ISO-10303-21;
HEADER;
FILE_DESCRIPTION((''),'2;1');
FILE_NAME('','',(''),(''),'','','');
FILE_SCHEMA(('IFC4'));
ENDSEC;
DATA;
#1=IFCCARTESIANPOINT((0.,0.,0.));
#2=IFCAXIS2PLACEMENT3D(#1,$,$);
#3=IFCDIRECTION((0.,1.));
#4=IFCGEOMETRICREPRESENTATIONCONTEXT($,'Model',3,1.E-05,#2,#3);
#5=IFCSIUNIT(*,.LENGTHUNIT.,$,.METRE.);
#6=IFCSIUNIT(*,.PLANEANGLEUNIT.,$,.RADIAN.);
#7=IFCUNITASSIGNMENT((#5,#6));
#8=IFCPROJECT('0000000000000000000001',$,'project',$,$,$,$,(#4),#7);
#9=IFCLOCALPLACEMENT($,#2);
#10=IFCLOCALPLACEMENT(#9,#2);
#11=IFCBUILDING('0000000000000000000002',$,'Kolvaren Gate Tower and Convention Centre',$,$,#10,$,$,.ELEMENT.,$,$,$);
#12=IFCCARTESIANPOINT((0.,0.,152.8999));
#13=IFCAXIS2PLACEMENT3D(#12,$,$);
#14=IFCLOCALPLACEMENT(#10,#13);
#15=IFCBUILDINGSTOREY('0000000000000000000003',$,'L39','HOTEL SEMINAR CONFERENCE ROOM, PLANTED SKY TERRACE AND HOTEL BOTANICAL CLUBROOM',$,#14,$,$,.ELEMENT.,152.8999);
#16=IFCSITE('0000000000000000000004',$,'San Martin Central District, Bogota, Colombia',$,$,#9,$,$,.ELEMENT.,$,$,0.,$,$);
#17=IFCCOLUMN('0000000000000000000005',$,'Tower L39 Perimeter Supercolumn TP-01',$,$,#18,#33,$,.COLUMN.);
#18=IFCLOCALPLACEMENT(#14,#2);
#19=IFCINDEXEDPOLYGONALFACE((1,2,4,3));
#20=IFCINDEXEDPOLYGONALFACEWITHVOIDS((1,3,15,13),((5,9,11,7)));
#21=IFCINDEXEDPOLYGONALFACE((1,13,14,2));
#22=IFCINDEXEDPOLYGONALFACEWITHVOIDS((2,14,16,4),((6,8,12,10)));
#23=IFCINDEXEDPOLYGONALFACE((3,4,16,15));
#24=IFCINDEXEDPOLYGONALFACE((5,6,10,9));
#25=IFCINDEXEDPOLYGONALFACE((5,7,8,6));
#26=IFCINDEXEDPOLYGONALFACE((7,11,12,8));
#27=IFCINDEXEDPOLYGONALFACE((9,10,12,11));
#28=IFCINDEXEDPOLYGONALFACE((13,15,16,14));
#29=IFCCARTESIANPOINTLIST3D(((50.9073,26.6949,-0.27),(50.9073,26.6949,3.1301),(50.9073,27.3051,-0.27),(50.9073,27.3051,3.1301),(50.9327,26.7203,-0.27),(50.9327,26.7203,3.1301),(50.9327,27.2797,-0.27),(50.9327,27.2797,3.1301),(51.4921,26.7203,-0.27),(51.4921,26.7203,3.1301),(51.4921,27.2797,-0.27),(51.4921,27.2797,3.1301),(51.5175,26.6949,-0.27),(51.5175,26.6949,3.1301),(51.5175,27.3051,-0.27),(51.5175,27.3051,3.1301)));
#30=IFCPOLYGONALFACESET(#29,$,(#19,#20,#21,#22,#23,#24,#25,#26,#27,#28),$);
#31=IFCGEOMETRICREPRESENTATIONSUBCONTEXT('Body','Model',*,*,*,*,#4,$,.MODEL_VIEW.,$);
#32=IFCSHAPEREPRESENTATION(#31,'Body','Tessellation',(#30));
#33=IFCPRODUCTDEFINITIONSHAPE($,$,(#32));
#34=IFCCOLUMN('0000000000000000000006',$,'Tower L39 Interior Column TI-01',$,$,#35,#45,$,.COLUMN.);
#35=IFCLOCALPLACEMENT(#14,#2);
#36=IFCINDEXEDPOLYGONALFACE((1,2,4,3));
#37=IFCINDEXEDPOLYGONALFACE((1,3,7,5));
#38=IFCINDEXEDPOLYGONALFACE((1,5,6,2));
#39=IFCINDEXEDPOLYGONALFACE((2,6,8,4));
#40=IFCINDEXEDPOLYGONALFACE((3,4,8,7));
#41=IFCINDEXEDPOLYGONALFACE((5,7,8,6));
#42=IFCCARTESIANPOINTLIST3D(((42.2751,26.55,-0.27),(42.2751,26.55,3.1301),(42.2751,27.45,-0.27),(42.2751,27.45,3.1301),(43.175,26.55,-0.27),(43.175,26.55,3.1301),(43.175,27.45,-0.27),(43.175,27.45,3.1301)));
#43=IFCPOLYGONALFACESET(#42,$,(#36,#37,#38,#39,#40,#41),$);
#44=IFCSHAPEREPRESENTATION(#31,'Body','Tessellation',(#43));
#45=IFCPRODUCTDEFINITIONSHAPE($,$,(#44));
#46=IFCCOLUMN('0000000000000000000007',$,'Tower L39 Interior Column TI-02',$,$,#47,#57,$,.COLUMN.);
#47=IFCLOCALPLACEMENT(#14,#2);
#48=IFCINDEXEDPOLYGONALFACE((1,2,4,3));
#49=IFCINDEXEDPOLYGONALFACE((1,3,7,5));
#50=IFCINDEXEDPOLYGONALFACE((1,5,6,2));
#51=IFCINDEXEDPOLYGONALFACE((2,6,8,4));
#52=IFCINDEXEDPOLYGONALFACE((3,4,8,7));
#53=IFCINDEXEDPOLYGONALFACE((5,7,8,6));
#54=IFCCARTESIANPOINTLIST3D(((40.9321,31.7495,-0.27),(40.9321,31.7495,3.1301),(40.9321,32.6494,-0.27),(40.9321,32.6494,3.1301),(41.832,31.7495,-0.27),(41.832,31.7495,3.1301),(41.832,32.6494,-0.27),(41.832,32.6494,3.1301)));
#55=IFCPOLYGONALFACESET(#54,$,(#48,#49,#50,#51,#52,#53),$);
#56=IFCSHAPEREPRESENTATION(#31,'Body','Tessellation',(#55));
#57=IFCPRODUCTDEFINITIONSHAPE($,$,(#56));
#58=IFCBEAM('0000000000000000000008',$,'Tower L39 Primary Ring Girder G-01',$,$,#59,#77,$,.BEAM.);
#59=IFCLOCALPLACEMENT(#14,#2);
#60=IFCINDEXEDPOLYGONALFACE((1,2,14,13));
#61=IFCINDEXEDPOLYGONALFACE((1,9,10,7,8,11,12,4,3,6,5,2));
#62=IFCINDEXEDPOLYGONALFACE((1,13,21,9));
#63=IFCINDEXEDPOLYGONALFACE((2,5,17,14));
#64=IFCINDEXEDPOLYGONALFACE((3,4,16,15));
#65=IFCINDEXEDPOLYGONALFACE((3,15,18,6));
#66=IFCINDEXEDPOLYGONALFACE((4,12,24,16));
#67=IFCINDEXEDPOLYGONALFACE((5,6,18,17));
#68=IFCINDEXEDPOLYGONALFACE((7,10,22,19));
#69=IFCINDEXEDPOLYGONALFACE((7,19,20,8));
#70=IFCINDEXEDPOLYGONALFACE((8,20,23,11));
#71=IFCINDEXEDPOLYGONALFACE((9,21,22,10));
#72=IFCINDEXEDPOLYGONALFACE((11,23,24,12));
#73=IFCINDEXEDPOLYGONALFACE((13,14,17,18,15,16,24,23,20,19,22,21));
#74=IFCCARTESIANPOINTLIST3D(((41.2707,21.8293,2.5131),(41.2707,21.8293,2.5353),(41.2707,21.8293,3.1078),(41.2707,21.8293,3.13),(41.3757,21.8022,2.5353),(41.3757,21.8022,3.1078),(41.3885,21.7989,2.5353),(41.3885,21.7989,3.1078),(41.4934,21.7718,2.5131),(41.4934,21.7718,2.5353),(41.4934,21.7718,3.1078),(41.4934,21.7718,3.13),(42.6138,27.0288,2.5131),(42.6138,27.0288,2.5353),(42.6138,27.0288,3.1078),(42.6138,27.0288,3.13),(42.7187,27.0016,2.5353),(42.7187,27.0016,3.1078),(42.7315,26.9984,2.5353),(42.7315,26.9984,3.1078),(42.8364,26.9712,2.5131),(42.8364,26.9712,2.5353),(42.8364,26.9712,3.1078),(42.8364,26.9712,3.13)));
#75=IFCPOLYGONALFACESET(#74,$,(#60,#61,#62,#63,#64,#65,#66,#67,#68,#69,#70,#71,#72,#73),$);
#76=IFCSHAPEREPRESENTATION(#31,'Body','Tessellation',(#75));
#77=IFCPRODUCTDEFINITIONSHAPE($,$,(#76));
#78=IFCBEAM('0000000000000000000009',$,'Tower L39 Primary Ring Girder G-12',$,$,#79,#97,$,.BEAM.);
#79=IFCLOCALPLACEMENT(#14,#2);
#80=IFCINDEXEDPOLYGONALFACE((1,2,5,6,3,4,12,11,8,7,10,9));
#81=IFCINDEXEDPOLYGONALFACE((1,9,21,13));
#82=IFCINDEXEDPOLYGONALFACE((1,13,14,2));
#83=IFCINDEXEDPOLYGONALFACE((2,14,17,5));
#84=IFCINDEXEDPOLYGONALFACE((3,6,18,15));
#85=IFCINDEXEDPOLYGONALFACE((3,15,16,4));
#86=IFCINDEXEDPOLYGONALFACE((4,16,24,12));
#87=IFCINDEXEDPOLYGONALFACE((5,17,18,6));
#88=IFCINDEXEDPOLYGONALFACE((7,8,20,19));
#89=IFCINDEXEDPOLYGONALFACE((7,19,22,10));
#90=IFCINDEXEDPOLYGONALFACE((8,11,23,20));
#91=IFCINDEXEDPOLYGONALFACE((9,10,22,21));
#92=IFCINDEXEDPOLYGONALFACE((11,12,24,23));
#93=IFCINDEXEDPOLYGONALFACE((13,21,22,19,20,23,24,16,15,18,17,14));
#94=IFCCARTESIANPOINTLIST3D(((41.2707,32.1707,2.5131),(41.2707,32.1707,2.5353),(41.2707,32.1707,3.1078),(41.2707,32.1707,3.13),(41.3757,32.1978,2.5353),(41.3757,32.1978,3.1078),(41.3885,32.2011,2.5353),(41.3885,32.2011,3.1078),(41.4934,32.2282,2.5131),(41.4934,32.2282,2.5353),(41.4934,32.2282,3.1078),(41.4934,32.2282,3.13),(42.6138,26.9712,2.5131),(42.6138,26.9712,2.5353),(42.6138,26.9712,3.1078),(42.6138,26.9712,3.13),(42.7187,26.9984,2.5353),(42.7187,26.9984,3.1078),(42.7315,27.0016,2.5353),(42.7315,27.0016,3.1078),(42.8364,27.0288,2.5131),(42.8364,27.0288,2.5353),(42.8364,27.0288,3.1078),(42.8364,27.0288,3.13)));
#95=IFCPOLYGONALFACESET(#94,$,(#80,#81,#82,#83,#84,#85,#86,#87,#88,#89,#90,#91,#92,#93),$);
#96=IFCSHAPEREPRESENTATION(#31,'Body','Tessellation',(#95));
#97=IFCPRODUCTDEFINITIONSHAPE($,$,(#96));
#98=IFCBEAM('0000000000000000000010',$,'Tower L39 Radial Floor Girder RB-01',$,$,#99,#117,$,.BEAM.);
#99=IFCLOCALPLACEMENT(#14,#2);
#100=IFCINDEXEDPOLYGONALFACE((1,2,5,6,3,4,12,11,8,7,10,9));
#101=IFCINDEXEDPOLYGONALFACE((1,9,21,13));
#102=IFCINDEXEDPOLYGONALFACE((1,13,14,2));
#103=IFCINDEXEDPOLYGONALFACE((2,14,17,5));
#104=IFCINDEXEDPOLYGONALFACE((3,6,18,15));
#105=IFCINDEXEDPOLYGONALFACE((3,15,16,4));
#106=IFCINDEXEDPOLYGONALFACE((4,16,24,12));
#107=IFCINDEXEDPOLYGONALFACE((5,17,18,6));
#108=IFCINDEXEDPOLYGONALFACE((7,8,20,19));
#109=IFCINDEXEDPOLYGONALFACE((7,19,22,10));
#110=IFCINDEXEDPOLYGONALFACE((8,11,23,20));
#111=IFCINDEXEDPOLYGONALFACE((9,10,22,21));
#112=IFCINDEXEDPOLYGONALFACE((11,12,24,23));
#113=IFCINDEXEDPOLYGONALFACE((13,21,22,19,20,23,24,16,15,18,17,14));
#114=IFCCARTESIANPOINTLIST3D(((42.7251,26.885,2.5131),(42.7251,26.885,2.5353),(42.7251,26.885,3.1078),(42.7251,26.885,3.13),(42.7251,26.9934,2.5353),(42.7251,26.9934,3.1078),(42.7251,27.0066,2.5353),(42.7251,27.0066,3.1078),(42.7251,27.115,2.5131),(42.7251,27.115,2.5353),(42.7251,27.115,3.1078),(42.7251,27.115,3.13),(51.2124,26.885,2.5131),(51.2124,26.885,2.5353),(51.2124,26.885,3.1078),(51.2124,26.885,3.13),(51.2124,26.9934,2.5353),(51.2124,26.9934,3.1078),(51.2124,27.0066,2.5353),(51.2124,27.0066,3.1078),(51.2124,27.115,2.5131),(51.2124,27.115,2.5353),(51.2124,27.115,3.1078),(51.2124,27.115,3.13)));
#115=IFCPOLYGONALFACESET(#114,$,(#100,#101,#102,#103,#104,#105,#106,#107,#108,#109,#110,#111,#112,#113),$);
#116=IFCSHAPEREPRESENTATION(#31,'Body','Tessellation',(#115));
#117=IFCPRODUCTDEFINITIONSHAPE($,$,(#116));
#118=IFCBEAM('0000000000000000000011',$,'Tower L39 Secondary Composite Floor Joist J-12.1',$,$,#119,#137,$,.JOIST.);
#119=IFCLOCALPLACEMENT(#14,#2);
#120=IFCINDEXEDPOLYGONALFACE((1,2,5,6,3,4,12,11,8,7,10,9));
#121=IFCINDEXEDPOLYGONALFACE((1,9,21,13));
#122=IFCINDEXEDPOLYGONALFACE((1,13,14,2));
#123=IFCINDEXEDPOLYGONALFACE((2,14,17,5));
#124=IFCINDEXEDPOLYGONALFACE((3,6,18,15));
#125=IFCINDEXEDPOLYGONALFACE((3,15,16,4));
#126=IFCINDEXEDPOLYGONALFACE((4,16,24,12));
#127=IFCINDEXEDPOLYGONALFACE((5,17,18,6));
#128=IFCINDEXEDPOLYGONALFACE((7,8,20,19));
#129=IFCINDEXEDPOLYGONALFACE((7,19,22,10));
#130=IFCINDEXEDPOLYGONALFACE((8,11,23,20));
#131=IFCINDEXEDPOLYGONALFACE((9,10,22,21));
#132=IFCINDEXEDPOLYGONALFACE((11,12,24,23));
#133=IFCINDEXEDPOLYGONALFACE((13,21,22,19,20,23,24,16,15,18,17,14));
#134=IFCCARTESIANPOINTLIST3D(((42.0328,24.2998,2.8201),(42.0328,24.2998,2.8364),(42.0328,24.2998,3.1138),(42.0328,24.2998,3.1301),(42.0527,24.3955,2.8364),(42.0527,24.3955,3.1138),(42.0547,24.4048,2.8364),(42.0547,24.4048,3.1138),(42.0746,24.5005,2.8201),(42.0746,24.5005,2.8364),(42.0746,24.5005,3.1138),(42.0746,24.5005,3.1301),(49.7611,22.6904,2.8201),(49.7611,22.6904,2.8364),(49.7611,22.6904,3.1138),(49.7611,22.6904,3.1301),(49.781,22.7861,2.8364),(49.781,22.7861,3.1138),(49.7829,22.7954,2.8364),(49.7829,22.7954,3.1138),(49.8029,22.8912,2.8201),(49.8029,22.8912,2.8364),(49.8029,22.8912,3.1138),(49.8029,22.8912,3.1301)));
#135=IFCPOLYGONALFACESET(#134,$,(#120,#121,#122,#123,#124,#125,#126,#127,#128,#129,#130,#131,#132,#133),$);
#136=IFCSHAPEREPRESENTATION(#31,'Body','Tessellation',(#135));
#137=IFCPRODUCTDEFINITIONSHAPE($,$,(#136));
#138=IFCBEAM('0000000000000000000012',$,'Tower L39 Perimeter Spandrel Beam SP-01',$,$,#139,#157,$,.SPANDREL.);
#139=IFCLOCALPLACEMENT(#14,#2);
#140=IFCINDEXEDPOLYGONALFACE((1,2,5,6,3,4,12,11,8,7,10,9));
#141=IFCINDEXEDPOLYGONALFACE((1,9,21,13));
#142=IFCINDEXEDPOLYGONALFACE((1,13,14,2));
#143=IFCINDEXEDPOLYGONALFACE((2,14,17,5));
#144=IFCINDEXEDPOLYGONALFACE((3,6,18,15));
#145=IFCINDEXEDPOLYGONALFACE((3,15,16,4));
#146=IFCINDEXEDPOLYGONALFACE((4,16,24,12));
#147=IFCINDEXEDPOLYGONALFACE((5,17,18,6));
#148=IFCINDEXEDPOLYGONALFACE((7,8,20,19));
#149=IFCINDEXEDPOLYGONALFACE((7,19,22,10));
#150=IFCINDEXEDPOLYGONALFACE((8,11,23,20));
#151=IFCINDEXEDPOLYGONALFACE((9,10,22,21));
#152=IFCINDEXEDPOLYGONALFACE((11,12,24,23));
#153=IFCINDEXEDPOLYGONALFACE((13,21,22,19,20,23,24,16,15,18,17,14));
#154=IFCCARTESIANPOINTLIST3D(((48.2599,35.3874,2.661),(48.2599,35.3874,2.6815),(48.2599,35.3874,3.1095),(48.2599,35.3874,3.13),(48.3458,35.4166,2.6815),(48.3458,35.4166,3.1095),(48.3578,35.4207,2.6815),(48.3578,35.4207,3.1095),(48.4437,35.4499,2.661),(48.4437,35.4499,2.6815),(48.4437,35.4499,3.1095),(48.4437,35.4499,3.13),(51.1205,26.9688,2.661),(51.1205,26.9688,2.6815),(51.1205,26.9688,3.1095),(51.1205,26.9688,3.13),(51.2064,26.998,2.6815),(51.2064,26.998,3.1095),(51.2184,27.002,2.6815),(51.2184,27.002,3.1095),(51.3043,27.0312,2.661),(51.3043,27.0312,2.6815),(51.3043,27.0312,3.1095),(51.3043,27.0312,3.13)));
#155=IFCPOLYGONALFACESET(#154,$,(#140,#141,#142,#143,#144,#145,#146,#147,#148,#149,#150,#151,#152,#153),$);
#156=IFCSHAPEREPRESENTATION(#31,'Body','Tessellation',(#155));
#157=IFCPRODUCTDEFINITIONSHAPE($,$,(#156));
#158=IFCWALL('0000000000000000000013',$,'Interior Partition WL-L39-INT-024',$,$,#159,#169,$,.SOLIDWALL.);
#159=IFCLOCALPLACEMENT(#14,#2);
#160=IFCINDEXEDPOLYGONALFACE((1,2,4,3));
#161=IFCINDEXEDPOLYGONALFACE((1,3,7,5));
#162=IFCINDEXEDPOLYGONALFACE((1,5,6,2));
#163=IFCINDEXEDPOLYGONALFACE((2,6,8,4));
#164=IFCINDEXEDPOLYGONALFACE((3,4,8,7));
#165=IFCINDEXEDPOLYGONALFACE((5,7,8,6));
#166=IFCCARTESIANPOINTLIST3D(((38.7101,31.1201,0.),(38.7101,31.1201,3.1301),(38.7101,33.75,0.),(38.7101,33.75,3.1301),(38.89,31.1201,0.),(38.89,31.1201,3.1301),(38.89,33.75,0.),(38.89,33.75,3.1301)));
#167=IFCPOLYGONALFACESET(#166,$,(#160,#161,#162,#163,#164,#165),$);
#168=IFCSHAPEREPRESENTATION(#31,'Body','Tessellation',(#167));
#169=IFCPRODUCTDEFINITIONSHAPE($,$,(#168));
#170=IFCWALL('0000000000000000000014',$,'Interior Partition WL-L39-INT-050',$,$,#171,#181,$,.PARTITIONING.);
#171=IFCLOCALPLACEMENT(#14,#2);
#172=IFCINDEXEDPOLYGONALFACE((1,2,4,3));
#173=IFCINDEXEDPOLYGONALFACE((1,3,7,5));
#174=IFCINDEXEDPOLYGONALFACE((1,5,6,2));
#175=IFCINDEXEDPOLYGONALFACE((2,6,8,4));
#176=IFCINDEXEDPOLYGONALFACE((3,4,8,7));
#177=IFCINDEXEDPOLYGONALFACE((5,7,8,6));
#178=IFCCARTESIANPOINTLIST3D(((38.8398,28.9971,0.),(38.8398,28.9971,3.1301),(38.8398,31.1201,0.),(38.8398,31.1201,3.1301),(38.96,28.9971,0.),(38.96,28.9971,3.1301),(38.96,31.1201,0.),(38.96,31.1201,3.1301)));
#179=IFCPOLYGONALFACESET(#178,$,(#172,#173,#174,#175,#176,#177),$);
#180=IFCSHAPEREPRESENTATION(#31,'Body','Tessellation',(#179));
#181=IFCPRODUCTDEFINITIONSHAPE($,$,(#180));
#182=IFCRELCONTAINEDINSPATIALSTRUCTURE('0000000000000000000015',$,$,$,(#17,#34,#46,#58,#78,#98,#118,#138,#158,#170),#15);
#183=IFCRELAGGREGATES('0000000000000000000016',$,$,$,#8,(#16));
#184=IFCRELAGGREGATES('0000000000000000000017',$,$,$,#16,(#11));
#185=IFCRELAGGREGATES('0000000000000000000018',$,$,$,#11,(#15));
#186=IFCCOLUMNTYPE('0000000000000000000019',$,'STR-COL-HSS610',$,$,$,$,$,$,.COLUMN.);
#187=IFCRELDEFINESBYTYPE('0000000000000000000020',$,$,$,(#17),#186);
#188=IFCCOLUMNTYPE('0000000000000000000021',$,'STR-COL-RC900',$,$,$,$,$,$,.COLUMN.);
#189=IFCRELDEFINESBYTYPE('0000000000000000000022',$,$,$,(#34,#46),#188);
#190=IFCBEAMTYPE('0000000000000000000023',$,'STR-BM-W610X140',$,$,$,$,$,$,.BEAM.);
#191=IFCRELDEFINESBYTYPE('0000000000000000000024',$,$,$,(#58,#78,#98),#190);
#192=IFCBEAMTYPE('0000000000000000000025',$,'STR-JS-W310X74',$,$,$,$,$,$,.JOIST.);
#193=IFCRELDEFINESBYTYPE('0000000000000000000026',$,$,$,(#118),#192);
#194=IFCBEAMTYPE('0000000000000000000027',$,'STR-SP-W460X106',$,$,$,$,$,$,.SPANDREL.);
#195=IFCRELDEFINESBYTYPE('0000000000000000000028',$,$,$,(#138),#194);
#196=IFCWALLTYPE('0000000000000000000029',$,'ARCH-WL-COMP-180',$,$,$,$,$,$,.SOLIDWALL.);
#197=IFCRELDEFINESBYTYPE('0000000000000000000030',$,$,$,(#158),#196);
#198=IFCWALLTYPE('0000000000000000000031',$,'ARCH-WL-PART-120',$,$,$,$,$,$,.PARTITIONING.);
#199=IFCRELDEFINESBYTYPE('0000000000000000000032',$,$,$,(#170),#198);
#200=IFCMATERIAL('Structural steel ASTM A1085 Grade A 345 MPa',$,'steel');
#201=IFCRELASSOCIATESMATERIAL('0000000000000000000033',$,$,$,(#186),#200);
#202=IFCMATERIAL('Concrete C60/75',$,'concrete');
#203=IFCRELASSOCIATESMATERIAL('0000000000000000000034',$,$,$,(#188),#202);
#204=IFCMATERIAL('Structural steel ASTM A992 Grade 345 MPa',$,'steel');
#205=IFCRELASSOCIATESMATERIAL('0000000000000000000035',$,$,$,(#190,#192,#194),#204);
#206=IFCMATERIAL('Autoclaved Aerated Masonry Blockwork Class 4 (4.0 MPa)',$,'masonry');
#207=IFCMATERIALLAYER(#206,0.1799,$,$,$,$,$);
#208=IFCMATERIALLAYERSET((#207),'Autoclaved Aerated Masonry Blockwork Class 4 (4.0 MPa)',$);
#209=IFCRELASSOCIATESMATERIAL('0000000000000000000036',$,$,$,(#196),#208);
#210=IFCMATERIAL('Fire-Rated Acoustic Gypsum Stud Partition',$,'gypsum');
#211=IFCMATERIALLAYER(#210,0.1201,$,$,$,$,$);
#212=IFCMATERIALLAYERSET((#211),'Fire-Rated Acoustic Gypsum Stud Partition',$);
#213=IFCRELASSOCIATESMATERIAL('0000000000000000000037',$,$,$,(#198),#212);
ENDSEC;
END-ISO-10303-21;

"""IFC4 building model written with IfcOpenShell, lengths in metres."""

from ifc_helpers import new_model, si_unit, direction, frame, frame_2d, origin, origin_2d, place, context, subcontext, project, spatial, rectangle, hollow_rectangle, i_section, extrude, material, layer, layer_set, material_profile, profile_set, type_object, element, save


model = new_model("IFC4")

# Units and contexts
model_context = context("Model", 3, precision=1e-05, world=origin(), true_north=direction((0.0, 1.0)))
body_context = subcontext(model_context, "Body", "Model", "MODEL_VIEW")
ifc_project = project(units=[si_unit("LENGTHUNIT", "METRE"), si_unit("PLANEANGLEUNIT", "RADIAN")], contexts=[model_context])

# Site, building, storey
site_placement = place(None, origin())
site = spatial("IfcSite", under=ifc_project, at=site_placement, Name="San Martin Central District, Bogota, Colombia", CompositionType="ELEMENT", RefElevation=0.0)
building_placement = place(site_placement, origin())
building = spatial("IfcBuilding", under=site, at=building_placement, Name="Kolvaren Gate Tower and Convention Centre", CompositionType="ELEMENT")
storey_placement = place(building_placement, frame((0.0, 0.0, 152.8999)))
storey = spatial("IfcBuildingStorey", under=building, at=storey_placement, Name="L39", Description="HOTEL SEMINAR CONFERENCE ROOM, PLANTED SKY TERRACE AND HOTEL BOTANICAL CLUBROOM", CompositionType="ELEMENT", Elevation=152.8999)

# Columns
ifc_material_1 = material(Name="Structural steel ASTM A1085 Grade A 345 MPa", Category="steel")
ifc_material_profile_1 = material_profile(ifc_material_1, hollow_rectangle(XDim=0.6101, YDim=0.6101, WallThickness=0.0254, at=origin_2d()), Name="HSS610X610X25.4")
ifc_profile_set_1 = profile_set([ifc_material_profile_1], Name="Structural steel ASTM A1085 Grade A 345 MPa")
column_type_1 = type_object("IfcColumnType", Name="STR-COL-HSS610", PredefinedType="COLUMN", material=ifc_profile_set_1)
column_placement = place(storey_placement, frame((51.2124, 27.0, -0.27), z_axis=(0.0, 0.0, 1.0), x_axis=(1.0, 0.0, 0.0)))
element("IfcColumn", 1, at=column_placement, inside=storey, type_object=column_type_1, Name="Tower L39 Perimeter Supercolumn TP-01", PredefinedType="COLUMN", context=body_context, shape_type="SweptSolid", body=[
    extrude(hollow_rectangle(XDim=0.6101, YDim=0.6101, WallThickness=0.0254, at=origin_2d()), origin(), (0.0, 0.0, 1.0), 3.4001),
])
ifc_material_2 = material(Name="Concrete C60/75", Category="concrete")
ifc_material_profile_2 = material_profile(ifc_material_2, rectangle(XDim=0.8999, YDim=0.8999, at=origin_2d()), Name="RC-COL-900X900")
ifc_profile_set_2 = profile_set([ifc_material_profile_2], Name="Concrete C60/75")
column_type_2 = type_object("IfcColumnType", Name="STR-COL-RC900", PredefinedType="COLUMN", material=ifc_profile_set_2)
for number, where, z_axis, x_axis, name in (
    (2, (42.7251, 27.0, -0.27), (0.0, 0.0, 1.0), (1.0, 0.0, 0.0), "Tower L39 Interior Column TI-01"),
    (3, (41.3821, 32.1995, -0.27), (0.0, 0.0, 1.0), (1.0, 0.0, 0.0), "Tower L39 Interior Column TI-02"),
):
    element("IfcColumn", number, at=place(storey_placement, frame(where, z_axis=z_axis, x_axis=x_axis)), inside=storey, type_object=column_type_2, Name=name, PredefinedType="COLUMN", context=body_context, shape_type="SweptSolid", body=[
        extrude(rectangle(XDim=0.8999, YDim=0.8999, at=origin_2d()), origin(), (0.0, 0.0, 1.0), 3.4001),
    ])

# Beams
ifc_material_3 = material(Name="Structural steel ASTM A992 Grade 345 MPa", Category="steel")
ifc_material_profile_3 = material_profile(ifc_material_3, i_section(OverallWidth=0.23, OverallDepth=0.6169, WebThickness=0.0132, FlangeThickness=0.0222, at=origin_2d()), Name="W610X140")
ifc_profile_set_3 = profile_set([ifc_material_profile_3], Name="Structural steel ASTM A992 Grade 345 MPa")
beam_type_1 = type_object("IfcBeamType", Name="STR-BM-W610X140", PredefinedType="BEAM", material=ifc_profile_set_3)
for number, where, z_axis, x_axis, name in (
    (4, (42.7251, 27.0, 2.8215), (-0.250091, -0.968222, 0.0), (0.968222, -0.250091, 0.0), "Tower L39 Primary Ring Girder G-01"),
    (5, (42.7251, 27.0, 2.8215), (-0.250091, 0.968222, 0.0), (-0.968222, -0.250091, 0.0), "Tower L39 Primary Ring Girder G-12"),
):
    element("IfcBeam", number, at=place(storey_placement, frame(where, z_axis=z_axis, x_axis=x_axis)), inside=storey, type_object=beam_type_1, Name=name, PredefinedType="BEAM", context=body_context, shape_type="SweptSolid", body=[
        extrude(i_section(OverallWidth=0.23, OverallDepth=0.6169, WebThickness=0.0132, FlangeThickness=0.0222, at=origin_2d()), origin(), (0.0, 0.0, 1.0), 5.3701),
    ])
beam_1_placement = place(storey_placement, frame((42.7251, 27.0, 2.8215), z_axis=(1.0, 0.0, 0.0), x_axis=(0.0, 1.0, 0.0)))
element("IfcBeam", 6, at=beam_1_placement, inside=storey, type_object=beam_type_1, Name="Tower L39 Radial Floor Girder RB-01", PredefinedType="BEAM", context=body_context, shape_type="SweptSolid", body=[
    extrude(i_section(OverallWidth=0.23, OverallDepth=0.6169, WebThickness=0.0132, FlangeThickness=0.0222, at=origin_2d()), origin(), (0.0, 0.0, 1.0), 8.4873),
])
ifc_material_profile_4 = material_profile(ifc_material_3, i_section(OverallWidth=0.2051, OverallDepth=0.3101, WebThickness=0.0095, FlangeThickness=0.0164, at=origin_2d()), Name="W310X74")
ifc_profile_set_4 = profile_set([ifc_material_profile_4], Name="Structural steel ASTM A992 Grade 345 MPa")
beam_type_2 = type_object("IfcBeamType", Name="STR-JS-W310X74", PredefinedType="JOIST", material=ifc_profile_set_4)
beam_2_placement = place(storey_placement, frame((42.0537, 24.4001, 2.9751), z_axis=(0.978998, -0.203872, 0.0), x_axis=(0.203872, 0.978998, 0.0)))
element("IfcBeam", 7, at=beam_2_placement, inside=storey, type_object=beam_type_2, Name="Tower L39 Secondary Composite Floor Joist J-12.1", PredefinedType="JOIST", context=body_context, shape_type="SweptSolid", body=[
    extrude(i_section(OverallWidth=0.2051, OverallDepth=0.3101, WebThickness=0.0095, FlangeThickness=0.0164, at=origin_2d()), origin(), (0.0, 0.0, 1.0), 7.894),
])
ifc_material_profile_5 = material_profile(ifc_material_3, i_section(OverallWidth=0.1941, OverallDepth=0.469, WebThickness=0.0127, FlangeThickness=0.0205, at=origin_2d()), Name="W460X106")
ifc_profile_set_5 = profile_set([ifc_material_profile_5], Name="Structural steel ASTM A992 Grade 345 MPa")
beam_type_3 = type_object("IfcBeamType", Name="STR-SP-W460X106", PredefinedType="SPANDREL", material=ifc_profile_set_5)
beam_3_placement = place(storey_placement, frame((51.2124, 27.0, 2.8955), z_axis=(-0.321725, 0.946833, 0.0), x_axis=(-0.946833, -0.321725, 0.0)))
element("IfcBeam", 8, at=beam_3_placement, inside=storey, type_object=beam_type_3, Name="Tower L39 Perimeter Spandrel Beam SP-01", PredefinedType="SPANDREL", context=body_context, shape_type="SweptSolid", body=[
    extrude(i_section(OverallWidth=0.1941, OverallDepth=0.469, WebThickness=0.0127, FlangeThickness=0.0205, at=origin_2d()), origin(), (0.0, 0.0, 1.0), 8.8914),
])

# Walls
ifc_material_4 = material(Name="Autoclaved Aerated Masonry Blockwork Class 4 (4.0 MPa)", Category="masonry")
ifc_layer_1 = layer(ifc_material_4, 0.1799)
ifc_layer_set_1 = layer_set([ifc_layer_1], Name="Autoclaved Aerated Masonry Blockwork Class 4 (4.0 MPa)")
wall_type_1 = type_object("IfcWallType", Name="ARCH-WL-COMP-180", PredefinedType="SOLIDWALL", material=ifc_layer_set_1)
wall_1_placement = place(storey_placement, frame((38.8, 31.1201, 0.0), z_axis=(0.0, 0.0, 1.0), x_axis=(0.0, 1.0, 0.0)))
element("IfcWall", 9, at=wall_1_placement, inside=storey, type_object=wall_type_1, Name="Interior Partition WL-L39-INT-024", PredefinedType="SOLIDWALL", context=body_context, shape_type="SweptSolid", body=[
    extrude(rectangle(XDim=2.6299, YDim=0.1799, at=frame_2d((1.3149, 0.0))), origin(), (0.0, 0.0, 1.0), 3.1301),
])
ifc_material_5 = material(Name="Fire-Rated Acoustic Gypsum Stud Partition", Category="gypsum")
ifc_layer_2 = layer(ifc_material_5, 0.1201)
ifc_layer_set_2 = layer_set([ifc_layer_2], Name="Fire-Rated Acoustic Gypsum Stud Partition")
wall_type_2 = type_object("IfcWallType", Name="ARCH-WL-PART-120", PredefinedType="PARTITIONING", material=ifc_layer_set_2)
wall_2_placement = place(storey_placement, frame((38.8999, 28.9971, 0.0), z_axis=(0.0, 0.0, 1.0), x_axis=(0.0, 1.0, 0.0)))
element("IfcWall", 10, at=wall_2_placement, inside=storey, type_object=wall_type_2, Name="Interior Partition WL-L39-INT-050", PredefinedType="PARTITIONING", context=body_context, shape_type="SweptSolid", body=[
    extrude(rectangle(XDim=2.123, YDim=0.1201, at=frame_2d((1.0615, 0.0))), origin(), (0.0, 0.0, 1.0), 3.1301),
])

save(model, "model.ifc")
